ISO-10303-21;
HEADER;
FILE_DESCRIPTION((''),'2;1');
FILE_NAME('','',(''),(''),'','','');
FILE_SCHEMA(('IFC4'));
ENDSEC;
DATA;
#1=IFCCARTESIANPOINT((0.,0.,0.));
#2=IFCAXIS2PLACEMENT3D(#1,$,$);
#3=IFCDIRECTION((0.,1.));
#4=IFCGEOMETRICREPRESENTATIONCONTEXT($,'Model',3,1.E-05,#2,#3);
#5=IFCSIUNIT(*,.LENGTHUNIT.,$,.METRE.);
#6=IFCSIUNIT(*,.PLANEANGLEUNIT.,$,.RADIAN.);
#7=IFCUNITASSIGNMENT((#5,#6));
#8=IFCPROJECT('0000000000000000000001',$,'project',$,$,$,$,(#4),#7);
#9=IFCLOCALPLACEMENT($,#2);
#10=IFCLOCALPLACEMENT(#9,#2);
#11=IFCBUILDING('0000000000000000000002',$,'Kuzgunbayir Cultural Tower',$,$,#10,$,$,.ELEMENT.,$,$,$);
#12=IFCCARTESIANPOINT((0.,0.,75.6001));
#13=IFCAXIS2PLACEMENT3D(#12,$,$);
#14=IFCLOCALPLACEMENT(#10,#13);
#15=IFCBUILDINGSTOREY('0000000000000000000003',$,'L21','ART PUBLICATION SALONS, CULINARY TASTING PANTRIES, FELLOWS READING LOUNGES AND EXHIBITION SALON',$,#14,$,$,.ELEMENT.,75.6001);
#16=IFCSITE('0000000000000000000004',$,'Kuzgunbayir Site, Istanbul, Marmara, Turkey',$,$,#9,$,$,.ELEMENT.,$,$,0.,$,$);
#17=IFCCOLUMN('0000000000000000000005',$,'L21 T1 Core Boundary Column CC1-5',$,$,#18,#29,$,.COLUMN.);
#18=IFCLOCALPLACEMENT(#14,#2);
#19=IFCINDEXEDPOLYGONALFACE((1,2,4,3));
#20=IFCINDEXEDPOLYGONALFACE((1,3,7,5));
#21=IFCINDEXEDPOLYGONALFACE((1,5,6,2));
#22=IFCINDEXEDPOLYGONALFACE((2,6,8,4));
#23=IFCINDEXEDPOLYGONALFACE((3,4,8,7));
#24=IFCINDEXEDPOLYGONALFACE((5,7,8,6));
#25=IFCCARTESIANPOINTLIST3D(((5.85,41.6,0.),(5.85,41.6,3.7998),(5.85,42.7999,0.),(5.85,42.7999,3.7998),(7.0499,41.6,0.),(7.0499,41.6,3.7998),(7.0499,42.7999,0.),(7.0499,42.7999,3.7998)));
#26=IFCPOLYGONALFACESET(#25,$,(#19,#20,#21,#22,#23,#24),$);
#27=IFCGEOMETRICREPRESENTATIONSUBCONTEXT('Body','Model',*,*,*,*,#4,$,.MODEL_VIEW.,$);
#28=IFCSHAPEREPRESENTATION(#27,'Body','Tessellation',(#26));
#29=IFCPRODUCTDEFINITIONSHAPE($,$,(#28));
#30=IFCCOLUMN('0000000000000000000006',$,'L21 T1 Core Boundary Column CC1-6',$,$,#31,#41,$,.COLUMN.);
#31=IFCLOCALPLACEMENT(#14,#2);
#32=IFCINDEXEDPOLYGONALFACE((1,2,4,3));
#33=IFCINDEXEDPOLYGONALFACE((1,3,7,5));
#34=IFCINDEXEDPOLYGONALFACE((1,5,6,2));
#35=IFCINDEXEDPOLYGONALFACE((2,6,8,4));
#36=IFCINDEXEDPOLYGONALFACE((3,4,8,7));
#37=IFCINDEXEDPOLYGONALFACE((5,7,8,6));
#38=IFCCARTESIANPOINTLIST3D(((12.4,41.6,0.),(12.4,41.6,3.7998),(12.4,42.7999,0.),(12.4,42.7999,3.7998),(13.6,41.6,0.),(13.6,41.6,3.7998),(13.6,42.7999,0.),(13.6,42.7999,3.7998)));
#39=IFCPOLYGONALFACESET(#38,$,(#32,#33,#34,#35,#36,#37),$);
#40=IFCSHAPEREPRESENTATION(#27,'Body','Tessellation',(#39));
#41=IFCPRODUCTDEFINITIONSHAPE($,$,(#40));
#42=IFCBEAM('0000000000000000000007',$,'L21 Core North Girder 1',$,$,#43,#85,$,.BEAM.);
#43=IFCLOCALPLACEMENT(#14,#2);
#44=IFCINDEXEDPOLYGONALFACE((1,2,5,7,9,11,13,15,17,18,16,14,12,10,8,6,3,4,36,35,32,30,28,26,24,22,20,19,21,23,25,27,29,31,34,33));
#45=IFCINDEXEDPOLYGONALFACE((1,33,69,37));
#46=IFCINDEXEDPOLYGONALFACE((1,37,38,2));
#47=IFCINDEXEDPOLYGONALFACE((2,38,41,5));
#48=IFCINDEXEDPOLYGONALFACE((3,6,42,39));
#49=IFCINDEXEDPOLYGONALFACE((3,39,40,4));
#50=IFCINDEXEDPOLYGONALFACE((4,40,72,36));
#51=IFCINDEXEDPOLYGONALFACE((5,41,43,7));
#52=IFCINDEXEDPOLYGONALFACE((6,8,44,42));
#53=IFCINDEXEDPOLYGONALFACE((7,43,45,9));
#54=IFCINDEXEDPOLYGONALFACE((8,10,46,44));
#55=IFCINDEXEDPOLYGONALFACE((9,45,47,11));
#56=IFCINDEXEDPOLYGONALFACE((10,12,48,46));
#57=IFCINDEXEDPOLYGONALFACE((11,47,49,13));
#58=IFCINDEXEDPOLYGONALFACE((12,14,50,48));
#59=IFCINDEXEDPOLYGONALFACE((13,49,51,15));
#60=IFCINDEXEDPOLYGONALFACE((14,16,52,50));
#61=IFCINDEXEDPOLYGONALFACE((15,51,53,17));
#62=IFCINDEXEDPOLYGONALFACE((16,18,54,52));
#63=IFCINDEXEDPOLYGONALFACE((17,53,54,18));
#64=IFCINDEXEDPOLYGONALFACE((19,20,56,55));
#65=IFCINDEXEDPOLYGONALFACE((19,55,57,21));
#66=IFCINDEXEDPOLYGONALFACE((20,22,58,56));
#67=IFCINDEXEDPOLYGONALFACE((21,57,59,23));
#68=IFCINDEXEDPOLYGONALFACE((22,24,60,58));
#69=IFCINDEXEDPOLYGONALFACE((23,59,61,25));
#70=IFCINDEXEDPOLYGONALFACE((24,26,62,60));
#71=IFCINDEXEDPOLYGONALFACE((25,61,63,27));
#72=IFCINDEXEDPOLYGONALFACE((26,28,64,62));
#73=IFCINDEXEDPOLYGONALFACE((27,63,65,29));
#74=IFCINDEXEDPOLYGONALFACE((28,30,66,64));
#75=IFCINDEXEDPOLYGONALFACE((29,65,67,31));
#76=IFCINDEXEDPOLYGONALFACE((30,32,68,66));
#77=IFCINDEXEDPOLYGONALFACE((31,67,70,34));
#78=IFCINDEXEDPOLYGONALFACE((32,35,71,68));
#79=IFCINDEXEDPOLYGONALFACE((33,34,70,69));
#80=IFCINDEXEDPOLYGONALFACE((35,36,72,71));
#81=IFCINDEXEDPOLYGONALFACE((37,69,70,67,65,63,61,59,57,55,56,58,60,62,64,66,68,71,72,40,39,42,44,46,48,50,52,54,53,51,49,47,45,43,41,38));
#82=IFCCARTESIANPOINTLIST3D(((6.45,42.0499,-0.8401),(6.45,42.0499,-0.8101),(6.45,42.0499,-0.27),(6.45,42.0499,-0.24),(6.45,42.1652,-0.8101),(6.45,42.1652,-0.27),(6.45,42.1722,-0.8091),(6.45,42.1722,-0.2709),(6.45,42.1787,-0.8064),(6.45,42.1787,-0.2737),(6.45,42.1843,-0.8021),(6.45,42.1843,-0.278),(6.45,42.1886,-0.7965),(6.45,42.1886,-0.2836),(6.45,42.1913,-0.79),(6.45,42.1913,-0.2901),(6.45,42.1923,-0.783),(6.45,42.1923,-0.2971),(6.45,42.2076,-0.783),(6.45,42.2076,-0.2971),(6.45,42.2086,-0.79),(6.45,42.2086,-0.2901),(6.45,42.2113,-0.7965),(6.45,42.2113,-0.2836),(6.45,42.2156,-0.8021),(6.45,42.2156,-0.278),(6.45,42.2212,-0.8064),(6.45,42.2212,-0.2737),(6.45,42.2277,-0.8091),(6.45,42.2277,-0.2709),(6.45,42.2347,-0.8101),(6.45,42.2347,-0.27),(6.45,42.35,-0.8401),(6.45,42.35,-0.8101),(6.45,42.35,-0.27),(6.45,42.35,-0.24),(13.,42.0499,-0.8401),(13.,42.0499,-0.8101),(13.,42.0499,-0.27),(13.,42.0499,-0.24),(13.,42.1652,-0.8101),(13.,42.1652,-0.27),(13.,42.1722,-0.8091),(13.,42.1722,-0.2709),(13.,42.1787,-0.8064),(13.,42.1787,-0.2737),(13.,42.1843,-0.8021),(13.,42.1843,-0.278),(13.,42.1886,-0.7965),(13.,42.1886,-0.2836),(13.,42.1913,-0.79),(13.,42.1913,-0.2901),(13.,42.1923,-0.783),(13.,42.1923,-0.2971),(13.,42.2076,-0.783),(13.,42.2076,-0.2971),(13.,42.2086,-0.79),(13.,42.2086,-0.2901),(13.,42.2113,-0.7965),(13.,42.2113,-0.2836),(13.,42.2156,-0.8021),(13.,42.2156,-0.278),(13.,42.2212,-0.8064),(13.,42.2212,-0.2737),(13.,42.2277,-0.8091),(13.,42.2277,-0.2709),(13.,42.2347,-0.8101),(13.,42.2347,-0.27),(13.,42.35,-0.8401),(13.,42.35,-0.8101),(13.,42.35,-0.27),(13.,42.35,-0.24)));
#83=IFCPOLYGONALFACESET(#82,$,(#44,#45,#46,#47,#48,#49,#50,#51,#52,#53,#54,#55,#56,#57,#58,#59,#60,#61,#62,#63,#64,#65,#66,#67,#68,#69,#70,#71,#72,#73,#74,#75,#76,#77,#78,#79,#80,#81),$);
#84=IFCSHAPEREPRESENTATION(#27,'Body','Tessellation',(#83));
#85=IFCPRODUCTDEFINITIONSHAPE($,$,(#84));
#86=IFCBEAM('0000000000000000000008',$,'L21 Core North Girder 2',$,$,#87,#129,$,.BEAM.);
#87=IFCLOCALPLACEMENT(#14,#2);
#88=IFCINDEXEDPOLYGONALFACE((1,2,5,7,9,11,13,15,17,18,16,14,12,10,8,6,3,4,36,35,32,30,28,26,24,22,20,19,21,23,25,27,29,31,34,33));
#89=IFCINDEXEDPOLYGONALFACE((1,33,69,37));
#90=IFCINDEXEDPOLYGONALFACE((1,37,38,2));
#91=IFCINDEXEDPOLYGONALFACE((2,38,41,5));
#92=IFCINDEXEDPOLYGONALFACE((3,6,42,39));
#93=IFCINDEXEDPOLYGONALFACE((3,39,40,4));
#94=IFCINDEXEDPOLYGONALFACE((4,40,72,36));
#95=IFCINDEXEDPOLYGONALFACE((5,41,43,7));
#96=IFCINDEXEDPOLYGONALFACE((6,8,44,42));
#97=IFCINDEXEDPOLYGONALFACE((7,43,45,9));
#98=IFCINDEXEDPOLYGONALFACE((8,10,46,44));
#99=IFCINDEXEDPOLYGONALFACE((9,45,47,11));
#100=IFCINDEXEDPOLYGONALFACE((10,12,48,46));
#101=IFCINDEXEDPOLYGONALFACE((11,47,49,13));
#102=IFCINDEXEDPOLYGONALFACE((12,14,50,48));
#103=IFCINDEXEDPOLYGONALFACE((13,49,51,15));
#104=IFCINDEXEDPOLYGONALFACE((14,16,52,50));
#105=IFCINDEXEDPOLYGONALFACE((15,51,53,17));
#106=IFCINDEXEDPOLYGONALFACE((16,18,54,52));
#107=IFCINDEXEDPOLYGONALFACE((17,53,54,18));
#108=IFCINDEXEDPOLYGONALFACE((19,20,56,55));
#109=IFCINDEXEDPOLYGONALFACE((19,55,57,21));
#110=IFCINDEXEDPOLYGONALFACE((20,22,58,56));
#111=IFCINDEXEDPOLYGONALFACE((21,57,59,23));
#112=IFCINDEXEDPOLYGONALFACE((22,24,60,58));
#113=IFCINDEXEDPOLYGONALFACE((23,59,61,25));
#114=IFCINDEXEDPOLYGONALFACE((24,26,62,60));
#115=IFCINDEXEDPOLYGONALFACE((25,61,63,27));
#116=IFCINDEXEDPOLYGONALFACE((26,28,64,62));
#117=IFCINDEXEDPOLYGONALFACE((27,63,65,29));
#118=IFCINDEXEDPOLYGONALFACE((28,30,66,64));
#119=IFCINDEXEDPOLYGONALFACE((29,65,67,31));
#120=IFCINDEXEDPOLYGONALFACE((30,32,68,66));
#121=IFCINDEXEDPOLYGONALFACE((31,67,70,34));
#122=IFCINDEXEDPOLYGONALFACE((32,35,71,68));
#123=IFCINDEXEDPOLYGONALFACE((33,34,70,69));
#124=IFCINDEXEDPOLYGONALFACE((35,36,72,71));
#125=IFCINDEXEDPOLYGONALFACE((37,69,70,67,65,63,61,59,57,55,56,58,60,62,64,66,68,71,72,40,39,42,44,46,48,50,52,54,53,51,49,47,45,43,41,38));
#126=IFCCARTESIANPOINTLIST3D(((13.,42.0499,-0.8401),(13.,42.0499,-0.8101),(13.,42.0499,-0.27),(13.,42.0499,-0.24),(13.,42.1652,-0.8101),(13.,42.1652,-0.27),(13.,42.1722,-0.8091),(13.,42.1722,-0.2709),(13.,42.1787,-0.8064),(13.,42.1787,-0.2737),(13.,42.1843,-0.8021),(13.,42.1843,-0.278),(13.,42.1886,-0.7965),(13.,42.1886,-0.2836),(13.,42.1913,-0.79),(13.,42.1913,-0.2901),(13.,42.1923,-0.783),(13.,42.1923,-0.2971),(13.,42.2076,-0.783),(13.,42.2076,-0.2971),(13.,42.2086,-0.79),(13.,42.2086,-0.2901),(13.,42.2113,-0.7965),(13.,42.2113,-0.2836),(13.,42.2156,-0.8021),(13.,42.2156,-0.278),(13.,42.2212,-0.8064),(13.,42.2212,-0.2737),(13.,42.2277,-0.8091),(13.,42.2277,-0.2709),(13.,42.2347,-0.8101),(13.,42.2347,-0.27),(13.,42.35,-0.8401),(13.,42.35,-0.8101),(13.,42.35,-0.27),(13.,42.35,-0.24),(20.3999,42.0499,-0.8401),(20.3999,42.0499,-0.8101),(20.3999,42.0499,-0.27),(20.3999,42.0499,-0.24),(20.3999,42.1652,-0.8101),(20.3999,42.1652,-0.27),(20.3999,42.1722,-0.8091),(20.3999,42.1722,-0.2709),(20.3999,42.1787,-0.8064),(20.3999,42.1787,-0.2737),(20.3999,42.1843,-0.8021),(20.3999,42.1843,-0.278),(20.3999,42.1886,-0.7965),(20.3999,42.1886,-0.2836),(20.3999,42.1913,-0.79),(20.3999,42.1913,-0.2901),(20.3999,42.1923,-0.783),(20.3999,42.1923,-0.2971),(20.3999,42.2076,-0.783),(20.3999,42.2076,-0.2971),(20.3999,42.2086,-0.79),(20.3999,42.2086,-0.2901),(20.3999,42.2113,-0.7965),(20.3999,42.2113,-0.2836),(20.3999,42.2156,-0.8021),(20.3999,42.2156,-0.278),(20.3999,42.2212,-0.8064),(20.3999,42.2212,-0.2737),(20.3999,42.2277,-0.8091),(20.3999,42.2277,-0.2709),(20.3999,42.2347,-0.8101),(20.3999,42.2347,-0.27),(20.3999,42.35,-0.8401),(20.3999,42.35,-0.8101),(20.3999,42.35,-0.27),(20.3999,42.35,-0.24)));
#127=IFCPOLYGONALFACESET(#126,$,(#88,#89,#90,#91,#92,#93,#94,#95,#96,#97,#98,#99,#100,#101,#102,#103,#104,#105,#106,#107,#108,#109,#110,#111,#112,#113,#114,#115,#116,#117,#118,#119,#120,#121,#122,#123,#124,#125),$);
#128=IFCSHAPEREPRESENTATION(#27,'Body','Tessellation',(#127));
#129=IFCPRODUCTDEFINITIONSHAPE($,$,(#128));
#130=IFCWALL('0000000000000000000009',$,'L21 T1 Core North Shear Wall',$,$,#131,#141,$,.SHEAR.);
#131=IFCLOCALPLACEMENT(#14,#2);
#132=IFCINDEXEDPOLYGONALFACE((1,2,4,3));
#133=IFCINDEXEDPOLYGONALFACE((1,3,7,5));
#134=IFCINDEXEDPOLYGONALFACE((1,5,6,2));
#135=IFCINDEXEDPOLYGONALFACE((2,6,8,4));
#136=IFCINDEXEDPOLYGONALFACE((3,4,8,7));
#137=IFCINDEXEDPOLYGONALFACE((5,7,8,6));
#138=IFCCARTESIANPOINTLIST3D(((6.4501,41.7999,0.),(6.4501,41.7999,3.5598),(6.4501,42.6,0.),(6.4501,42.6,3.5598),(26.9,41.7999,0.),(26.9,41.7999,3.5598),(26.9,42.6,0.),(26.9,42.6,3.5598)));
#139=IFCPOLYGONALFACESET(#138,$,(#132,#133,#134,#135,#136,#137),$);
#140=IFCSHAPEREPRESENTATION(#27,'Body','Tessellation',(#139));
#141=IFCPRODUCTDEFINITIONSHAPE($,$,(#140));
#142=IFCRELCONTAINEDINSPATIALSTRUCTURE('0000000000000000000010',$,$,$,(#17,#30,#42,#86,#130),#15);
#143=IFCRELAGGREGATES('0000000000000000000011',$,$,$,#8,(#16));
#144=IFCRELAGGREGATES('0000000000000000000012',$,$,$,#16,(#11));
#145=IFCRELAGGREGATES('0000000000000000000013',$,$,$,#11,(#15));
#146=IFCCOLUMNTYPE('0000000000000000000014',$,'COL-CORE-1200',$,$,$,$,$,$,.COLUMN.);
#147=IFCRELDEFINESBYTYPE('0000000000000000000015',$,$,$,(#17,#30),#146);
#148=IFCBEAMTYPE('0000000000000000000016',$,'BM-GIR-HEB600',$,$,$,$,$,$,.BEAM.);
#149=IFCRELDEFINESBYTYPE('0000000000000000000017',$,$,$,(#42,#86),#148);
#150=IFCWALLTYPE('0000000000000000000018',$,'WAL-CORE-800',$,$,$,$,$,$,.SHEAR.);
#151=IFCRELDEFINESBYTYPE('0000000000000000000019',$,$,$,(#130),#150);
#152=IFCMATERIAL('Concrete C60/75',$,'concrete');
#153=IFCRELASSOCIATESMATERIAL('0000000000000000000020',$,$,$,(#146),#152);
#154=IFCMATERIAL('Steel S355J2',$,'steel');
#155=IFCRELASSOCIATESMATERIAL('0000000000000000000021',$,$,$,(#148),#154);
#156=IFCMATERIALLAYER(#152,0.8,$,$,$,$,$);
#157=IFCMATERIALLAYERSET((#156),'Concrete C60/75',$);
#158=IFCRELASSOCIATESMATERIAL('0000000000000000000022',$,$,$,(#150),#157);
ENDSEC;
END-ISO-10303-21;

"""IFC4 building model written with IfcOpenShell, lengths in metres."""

from ifc_helpers import new_model, si_unit, direction, frame, frame_2d, origin, origin_2d, place, context, subcontext, project, spatial, rectangle, i_section, extrude, material, layer, layer_set, material_profile, profile_set, type_object, element, save


model = new_model("IFC4")

# Units and contexts
model_context = context("Model", 3, precision=1e-05, world=origin(), true_north=direction((0.0, 1.0)))
body_context = subcontext(model_context, "Body", "Model", "MODEL_VIEW")
ifc_project = project(units=[si_unit("LENGTHUNIT", "METRE"), si_unit("PLANEANGLEUNIT", "RADIAN")], contexts=[model_context])

# Site, building, storey
site_placement = place(None, origin())
site = spatial("IfcSite", under=ifc_project, at=site_placement, Name="Kuzgunbayir Site, Istanbul, Marmara, Turkey", CompositionType="ELEMENT", RefElevation=0.0)
building_placement = place(site_placement, origin())
building = spatial("IfcBuilding", under=site, at=building_placement, Name="Kuzgunbayir Cultural Tower", CompositionType="ELEMENT")
storey_placement = place(building_placement, frame((0.0, 0.0, 75.6001)))
storey = spatial("IfcBuildingStorey", under=building, at=storey_placement, Name="L21", Description="ART PUBLICATION SALONS, CULINARY TASTING PANTRIES, FELLOWS READING LOUNGES AND EXHIBITION SALON", CompositionType="ELEMENT", Elevation=75.6001)

# Columns
ifc_material_1 = material(Name="Concrete C60/75", Category="concrete")
ifc_material_profile_1 = material_profile(ifc_material_1, rectangle(XDim=1.2, YDim=1.2, at=origin_2d()), Name="RC 1200x1200")
ifc_profile_set_1 = profile_set([ifc_material_profile_1], Name="Concrete C60/75")
column_type = type_object("IfcColumnType", Name="COL-CORE-1200", PredefinedType="COLUMN", material=ifc_profile_set_1)
for number, where, z_axis, x_axis, name in (
    (1, (6.45, 42.2, 0.0), (0.0, 0.0, 1.0), (1.0, 0.0, 0.0), "L21 T1 Core Boundary Column CC1-5"),
    (2, (13.0, 42.2, 0.0), (0.0, 0.0, 1.0), (1.0, 0.0, 0.0), "L21 T1 Core Boundary Column CC1-6"),
):
    element("IfcColumn", number, at=place(storey_placement, frame(where, z_axis=z_axis, x_axis=x_axis)), inside=storey, type_object=column_type, Name=name, PredefinedType="COLUMN", context=body_context, shape_type="SweptSolid", body=[
        extrude(rectangle(XDim=1.2, YDim=1.2, at=origin_2d()), origin(), (0.0, 0.0, 1.0), 3.7998),
    ])

# Beams
ifc_material_2 = material(Name="Steel S355J2", Category="steel")
ifc_material_profile_2 = material_profile(ifc_material_2, i_section(OverallWidth=0.3, OverallDepth=0.6001, WebThickness=0.0154, FlangeThickness=0.03, FilletRadius=0.0271, at=origin_2d()), Name="HEB 600")
ifc_profile_set_2 = profile_set([ifc_material_profile_2], Name="Steel S355J2")
beam_type = type_object("IfcBeamType", Name="BM-GIR-HEB600", PredefinedType="BEAM", material=ifc_profile_set_2)
beam_1_placement = place(storey_placement, frame((6.45, 42.2, -0.54), z_axis=(1.0, 0.0, 0.0), x_axis=(0.0, 1.0, 0.0)))
element("IfcBeam", 3, at=beam_1_placement, inside=storey, type_object=beam_type, Name="L21 Core North Girder 1", PredefinedType="BEAM", context=body_context, shape_type="SweptSolid", body=[
    extrude(i_section(OverallWidth=0.3, OverallDepth=0.6001, WebThickness=0.0154, FlangeThickness=0.03, FilletRadius=0.0271, at=origin_2d()), origin(), (0.0, 0.0, 1.0), 6.55),
])
beam_2_placement = place(storey_placement, frame((13.0, 42.2, -0.54), z_axis=(1.0, 0.0, 0.0), x_axis=(0.0, 1.0, 0.0)))
element("IfcBeam", 4, at=beam_2_placement, inside=storey, type_object=beam_type, Name="L21 Core North Girder 2", PredefinedType="BEAM", context=body_context, shape_type="SweptSolid", body=[
    extrude(i_section(OverallWidth=0.3, OverallDepth=0.6001, WebThickness=0.0154, FlangeThickness=0.03, FilletRadius=0.0271, at=origin_2d()), origin(), (0.0, 0.0, 1.0), 7.3999),
])

# Wall
ifc_layer_1 = layer(ifc_material_1, 0.8)
ifc_layer_set_1 = layer_set([ifc_layer_1], Name="Concrete C60/75")
wall_type_1 = type_object("IfcWallType", Name="WAL-CORE-800", PredefinedType="SHEAR", material=ifc_layer_set_1)
wall_1_placement = place(storey_placement, frame((6.45, 42.2, 0.0), z_axis=(0.0, 0.0, 1.0), x_axis=(1.0, 0.0, 0.0)))
element("IfcWall", 5, at=wall_1_placement, inside=storey, type_object=wall_type_1, Name="L21 T1 Core North Shear Wall", PredefinedType="SHEAR", context=body_context, shape_type="SweptSolid", body=[
    extrude(rectangle(XDim=20.45, YDim=0.8, at=frame_2d((10.2251, 0.0))), origin(), (0.0, 0.0, 1.0), 3.5598),
])

save(model, "model.ifc")
